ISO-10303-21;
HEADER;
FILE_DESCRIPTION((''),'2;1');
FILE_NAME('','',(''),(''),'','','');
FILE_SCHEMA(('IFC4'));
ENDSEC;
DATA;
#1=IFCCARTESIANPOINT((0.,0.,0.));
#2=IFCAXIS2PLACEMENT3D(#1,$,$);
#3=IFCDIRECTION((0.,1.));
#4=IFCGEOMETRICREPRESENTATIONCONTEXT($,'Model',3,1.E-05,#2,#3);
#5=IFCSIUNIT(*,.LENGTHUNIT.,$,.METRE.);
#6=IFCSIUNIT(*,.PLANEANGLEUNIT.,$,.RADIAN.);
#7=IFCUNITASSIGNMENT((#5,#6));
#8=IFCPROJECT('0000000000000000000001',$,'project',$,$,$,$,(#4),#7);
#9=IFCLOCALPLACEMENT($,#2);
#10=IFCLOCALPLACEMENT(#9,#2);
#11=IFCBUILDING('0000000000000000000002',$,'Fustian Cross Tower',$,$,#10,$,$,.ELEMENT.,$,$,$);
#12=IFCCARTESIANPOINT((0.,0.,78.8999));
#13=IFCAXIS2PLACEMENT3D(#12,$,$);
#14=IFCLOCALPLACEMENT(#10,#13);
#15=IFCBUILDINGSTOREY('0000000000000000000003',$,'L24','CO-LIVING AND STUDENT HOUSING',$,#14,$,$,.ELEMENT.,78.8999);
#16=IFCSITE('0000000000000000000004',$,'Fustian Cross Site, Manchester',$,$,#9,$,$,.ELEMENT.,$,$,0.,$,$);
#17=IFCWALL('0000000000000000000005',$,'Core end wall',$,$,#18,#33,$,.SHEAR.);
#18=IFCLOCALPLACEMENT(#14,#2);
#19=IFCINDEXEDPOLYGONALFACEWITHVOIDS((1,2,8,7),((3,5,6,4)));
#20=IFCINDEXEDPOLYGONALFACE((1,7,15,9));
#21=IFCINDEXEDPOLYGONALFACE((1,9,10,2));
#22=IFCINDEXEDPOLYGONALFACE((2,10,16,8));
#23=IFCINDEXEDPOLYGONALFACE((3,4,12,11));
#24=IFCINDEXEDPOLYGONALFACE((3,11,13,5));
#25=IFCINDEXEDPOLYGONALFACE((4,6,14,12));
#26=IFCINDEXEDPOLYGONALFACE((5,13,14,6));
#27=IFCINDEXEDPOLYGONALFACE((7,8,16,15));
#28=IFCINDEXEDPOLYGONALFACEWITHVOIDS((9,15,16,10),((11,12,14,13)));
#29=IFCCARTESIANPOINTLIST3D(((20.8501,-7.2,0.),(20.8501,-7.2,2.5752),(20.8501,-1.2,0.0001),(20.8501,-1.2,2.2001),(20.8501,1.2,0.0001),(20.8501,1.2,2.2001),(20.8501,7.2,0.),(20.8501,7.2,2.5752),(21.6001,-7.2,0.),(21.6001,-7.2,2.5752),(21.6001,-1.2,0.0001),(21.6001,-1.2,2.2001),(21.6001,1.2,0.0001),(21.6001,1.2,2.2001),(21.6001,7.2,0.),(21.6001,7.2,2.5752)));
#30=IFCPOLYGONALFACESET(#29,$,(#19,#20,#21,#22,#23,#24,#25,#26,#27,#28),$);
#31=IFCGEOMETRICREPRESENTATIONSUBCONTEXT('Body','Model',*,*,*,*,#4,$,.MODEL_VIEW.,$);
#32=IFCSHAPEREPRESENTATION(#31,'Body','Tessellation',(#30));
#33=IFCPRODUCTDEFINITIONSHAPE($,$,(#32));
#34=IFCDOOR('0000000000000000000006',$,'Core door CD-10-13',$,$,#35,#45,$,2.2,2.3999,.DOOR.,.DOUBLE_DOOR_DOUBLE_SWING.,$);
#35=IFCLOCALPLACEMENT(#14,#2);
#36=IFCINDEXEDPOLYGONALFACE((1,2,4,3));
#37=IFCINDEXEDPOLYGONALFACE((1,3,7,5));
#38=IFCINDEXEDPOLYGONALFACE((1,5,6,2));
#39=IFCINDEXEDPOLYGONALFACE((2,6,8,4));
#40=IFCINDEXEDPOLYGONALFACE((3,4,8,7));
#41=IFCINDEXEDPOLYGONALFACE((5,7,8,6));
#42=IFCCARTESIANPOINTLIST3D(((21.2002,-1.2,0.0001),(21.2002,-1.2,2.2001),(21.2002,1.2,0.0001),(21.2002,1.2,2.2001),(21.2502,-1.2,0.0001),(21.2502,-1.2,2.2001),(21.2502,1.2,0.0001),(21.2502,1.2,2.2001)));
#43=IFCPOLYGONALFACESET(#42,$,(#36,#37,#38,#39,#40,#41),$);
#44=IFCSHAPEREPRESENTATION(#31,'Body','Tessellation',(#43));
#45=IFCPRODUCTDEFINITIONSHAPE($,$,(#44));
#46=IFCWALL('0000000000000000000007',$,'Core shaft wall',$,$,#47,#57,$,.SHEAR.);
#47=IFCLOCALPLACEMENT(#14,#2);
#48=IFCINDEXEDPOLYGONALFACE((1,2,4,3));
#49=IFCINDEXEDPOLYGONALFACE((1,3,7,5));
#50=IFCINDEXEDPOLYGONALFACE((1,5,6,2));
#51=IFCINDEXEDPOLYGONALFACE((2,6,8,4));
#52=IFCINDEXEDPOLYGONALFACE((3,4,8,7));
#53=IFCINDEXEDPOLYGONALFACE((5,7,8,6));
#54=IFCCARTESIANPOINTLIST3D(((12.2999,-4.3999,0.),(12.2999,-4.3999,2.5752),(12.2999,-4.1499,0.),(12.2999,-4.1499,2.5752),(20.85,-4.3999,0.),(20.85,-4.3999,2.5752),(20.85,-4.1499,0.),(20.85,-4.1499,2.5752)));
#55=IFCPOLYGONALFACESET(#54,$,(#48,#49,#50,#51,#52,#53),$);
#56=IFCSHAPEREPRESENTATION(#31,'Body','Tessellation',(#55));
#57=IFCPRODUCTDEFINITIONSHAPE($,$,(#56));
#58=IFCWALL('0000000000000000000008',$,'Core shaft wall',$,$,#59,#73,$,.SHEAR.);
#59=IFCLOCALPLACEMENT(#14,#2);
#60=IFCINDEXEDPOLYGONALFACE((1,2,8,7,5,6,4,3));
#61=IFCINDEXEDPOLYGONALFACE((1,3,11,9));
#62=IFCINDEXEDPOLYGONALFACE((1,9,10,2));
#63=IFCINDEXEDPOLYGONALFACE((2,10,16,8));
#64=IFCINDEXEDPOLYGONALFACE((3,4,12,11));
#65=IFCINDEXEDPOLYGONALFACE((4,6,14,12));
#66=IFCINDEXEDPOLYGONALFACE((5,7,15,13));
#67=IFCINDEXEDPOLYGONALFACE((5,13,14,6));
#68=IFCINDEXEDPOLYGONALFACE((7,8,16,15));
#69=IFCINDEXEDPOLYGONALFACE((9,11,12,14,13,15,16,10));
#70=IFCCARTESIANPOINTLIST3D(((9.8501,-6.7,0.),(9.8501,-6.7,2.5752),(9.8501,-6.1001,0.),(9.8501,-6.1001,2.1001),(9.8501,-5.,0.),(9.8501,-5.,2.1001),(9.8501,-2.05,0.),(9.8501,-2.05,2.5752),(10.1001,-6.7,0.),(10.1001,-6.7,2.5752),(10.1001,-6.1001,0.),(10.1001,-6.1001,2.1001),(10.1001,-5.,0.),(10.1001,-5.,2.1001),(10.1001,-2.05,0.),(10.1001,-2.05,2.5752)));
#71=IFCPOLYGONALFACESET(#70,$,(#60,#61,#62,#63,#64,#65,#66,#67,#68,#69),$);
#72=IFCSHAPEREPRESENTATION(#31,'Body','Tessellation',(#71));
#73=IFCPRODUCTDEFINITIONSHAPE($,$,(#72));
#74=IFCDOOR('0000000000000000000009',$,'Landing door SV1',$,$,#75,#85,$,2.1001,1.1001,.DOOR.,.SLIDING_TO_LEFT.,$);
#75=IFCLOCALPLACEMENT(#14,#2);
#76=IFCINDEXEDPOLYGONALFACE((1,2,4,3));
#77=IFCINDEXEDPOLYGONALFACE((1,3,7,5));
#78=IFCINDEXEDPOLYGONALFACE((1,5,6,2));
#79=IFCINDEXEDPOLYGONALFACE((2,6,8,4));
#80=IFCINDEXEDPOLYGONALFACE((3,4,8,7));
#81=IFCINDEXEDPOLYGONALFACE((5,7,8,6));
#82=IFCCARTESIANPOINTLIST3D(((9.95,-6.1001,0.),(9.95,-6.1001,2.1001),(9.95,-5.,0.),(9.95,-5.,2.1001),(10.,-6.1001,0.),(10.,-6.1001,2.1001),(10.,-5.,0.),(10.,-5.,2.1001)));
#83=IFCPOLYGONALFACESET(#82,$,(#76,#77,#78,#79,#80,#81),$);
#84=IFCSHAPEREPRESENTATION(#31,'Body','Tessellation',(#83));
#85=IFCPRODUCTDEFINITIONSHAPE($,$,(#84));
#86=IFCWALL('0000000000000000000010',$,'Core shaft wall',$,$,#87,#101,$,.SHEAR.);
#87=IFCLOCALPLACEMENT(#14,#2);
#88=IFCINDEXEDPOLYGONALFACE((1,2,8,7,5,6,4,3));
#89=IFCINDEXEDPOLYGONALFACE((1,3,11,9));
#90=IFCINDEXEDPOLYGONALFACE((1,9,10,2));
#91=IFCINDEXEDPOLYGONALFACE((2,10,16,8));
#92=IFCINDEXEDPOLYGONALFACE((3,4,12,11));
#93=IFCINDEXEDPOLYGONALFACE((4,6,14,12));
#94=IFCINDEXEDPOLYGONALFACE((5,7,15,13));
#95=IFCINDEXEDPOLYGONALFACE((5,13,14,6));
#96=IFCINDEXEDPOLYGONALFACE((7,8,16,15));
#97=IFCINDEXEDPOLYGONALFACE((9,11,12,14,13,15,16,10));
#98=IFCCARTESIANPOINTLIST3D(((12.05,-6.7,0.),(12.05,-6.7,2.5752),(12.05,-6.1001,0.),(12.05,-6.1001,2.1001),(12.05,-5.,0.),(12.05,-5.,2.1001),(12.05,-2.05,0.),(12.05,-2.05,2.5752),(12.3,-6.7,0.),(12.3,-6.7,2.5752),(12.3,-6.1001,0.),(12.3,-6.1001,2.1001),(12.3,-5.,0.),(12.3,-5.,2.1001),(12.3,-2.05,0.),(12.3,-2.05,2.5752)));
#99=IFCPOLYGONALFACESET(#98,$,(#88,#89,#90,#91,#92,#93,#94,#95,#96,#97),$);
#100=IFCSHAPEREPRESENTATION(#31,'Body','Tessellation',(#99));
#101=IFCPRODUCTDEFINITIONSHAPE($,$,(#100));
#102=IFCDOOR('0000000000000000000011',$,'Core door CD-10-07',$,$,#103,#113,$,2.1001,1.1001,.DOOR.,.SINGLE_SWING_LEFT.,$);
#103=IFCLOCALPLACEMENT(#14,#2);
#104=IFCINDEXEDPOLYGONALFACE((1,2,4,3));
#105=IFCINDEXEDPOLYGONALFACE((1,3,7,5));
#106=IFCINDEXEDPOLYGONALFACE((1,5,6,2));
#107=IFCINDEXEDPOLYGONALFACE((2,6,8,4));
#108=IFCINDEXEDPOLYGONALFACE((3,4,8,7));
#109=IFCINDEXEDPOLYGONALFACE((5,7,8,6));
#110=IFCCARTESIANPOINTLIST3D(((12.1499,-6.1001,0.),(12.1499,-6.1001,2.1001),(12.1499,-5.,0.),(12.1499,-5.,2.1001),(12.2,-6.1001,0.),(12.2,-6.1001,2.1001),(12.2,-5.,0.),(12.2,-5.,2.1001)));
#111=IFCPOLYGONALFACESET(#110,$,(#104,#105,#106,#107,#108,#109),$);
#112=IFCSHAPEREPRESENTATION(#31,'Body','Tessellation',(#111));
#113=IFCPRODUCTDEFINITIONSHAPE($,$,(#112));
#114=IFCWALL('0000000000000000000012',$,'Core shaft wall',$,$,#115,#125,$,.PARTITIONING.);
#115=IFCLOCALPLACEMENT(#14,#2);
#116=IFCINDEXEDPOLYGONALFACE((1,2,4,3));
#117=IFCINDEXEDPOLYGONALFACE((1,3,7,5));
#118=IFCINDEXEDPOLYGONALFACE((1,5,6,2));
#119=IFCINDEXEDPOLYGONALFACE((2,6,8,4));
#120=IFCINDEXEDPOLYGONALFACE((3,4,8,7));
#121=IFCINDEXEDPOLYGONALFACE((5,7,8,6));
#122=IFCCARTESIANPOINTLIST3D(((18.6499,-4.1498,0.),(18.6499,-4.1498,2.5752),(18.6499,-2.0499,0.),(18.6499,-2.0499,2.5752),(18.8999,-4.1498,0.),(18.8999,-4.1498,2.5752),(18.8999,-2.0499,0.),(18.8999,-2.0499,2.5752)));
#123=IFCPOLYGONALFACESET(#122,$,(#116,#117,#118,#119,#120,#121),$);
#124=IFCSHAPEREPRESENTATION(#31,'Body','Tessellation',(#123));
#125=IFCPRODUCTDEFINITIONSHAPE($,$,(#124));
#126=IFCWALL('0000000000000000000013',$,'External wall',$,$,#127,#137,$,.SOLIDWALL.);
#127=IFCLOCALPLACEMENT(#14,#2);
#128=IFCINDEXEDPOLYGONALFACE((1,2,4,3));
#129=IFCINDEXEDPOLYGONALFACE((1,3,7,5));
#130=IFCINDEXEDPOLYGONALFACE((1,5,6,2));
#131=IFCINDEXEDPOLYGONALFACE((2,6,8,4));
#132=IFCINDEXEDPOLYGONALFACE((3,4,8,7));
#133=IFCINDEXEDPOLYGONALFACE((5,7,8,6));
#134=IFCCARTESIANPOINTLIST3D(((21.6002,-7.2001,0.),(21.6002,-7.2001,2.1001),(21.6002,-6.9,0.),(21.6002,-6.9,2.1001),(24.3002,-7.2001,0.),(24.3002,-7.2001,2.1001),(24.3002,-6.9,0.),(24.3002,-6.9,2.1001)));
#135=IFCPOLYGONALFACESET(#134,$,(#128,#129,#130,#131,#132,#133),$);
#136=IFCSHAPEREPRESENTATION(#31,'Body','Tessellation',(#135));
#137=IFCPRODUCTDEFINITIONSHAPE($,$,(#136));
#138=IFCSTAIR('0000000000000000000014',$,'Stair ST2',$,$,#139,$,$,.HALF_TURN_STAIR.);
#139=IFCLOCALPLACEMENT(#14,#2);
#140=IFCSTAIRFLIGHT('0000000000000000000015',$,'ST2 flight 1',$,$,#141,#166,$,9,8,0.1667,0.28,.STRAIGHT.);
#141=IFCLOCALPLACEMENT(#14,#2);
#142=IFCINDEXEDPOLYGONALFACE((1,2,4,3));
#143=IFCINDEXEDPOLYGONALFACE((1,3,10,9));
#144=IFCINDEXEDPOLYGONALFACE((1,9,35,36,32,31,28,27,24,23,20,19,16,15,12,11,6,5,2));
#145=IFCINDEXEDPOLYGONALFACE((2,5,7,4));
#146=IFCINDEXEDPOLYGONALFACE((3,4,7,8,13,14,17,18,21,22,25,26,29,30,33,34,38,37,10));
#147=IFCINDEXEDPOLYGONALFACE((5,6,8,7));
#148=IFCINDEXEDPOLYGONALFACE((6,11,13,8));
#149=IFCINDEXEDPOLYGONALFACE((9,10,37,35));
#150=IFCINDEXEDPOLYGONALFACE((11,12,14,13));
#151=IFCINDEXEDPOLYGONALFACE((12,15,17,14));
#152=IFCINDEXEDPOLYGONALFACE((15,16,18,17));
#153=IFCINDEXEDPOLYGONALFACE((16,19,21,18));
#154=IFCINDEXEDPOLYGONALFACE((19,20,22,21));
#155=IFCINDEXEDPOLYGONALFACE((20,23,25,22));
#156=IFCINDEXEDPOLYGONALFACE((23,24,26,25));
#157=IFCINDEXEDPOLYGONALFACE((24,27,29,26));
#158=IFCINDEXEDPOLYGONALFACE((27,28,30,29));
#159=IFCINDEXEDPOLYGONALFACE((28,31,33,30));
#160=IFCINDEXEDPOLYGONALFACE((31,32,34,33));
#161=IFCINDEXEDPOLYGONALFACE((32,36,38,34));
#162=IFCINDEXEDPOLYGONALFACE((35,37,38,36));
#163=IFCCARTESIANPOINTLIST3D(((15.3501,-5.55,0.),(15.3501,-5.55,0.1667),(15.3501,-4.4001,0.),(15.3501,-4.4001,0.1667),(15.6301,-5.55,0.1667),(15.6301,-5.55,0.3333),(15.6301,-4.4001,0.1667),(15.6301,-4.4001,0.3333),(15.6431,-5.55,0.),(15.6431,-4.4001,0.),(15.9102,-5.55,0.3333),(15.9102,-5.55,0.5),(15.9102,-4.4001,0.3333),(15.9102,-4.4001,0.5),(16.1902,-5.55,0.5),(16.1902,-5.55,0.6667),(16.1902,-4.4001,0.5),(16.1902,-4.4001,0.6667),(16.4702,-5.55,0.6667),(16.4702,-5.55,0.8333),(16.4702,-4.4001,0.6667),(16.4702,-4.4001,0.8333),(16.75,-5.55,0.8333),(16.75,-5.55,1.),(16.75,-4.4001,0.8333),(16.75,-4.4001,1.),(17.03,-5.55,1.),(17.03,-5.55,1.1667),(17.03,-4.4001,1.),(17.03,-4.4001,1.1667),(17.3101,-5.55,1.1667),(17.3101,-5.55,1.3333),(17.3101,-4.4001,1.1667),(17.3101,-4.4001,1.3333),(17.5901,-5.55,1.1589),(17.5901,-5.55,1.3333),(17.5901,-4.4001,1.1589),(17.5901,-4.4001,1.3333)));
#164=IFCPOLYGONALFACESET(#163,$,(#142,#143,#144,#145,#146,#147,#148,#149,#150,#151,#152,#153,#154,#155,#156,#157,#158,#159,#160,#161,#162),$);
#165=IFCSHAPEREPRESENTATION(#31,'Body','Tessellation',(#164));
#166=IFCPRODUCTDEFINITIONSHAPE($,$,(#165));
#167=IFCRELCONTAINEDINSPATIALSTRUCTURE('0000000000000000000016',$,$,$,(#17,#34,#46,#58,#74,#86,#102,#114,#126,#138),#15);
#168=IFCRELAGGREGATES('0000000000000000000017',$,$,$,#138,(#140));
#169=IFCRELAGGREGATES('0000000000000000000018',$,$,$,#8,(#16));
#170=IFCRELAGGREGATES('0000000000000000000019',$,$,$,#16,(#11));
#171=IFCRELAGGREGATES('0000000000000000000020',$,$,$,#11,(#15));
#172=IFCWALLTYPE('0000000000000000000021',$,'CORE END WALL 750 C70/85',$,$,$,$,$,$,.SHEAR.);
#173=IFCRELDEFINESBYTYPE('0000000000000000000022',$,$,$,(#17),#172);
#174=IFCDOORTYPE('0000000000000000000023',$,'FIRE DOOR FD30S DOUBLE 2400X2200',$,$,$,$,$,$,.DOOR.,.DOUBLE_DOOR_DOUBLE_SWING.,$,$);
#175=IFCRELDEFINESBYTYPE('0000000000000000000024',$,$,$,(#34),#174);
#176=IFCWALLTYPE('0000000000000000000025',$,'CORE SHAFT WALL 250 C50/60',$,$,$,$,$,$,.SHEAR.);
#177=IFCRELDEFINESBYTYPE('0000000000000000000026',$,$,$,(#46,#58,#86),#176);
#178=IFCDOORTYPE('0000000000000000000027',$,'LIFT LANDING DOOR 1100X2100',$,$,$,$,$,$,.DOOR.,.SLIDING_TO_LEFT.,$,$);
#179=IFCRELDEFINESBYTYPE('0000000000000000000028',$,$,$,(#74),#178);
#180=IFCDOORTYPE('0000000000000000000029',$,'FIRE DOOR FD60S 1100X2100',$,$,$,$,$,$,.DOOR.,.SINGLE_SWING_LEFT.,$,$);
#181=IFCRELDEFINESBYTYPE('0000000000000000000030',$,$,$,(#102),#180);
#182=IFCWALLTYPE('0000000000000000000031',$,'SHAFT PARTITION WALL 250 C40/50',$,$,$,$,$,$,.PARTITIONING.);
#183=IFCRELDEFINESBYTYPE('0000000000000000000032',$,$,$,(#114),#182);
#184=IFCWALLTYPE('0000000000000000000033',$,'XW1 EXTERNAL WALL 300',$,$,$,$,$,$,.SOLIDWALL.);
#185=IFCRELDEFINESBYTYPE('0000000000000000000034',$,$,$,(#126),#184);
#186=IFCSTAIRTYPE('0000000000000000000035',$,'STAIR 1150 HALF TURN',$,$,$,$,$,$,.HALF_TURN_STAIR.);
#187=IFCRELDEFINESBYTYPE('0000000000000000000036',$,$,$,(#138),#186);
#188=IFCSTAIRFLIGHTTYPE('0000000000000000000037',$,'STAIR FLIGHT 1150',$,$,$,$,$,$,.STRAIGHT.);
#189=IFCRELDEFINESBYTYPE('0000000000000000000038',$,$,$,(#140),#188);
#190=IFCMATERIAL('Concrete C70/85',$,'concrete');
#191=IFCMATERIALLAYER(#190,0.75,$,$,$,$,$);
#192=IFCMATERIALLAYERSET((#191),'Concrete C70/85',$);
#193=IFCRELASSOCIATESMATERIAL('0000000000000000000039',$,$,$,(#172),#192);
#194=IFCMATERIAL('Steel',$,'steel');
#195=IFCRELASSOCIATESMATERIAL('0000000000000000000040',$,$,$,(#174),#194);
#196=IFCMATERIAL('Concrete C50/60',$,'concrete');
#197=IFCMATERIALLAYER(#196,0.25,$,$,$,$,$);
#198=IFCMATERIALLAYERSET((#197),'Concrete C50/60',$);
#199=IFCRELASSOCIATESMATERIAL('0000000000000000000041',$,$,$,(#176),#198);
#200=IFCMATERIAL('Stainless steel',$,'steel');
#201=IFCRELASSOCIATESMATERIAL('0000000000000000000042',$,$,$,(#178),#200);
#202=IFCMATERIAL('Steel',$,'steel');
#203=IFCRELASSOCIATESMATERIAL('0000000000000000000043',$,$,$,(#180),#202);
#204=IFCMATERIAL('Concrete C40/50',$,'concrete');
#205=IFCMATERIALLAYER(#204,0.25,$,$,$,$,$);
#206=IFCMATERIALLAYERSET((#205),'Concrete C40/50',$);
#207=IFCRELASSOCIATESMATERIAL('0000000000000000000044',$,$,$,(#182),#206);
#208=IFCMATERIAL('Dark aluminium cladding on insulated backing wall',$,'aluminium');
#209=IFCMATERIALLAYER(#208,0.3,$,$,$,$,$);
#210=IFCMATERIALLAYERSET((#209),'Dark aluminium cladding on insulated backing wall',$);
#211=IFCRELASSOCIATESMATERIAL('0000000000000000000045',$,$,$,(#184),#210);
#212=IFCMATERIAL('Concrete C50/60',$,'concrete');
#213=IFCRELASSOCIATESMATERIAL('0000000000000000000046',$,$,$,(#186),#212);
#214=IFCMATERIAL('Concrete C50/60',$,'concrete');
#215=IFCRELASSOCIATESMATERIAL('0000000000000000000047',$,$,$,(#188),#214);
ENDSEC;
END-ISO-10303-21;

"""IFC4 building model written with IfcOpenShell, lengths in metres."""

from ifc_helpers import new_model, si_unit, direction, frame, frame_2d, origin, place, context, subcontext, project, spatial, polyline, rectangle, outline, extrude, material, layer, layer_set, type_object, element, fill, aggregate, save


model = new_model("IFC4")

# Units and contexts
model_context = context("Model", 3, precision=1e-05, world=origin(), true_north=direction((0.0, 1.0)))
body_context = subcontext(model_context, "Body", "Model", "MODEL_VIEW")
ifc_project = project(units=[si_unit("LENGTHUNIT", "METRE"), si_unit("PLANEANGLEUNIT", "RADIAN")], contexts=[model_context])

# Site, building, storey
site_placement = place(None, origin())
site = spatial("IfcSite", under=ifc_project, at=site_placement, Name="Fustian Cross Site, Manchester", CompositionType="ELEMENT", RefElevation=0.0)
building_placement = place(site_placement, origin())
building = spatial("IfcBuilding", under=site, at=building_placement, Name="Fustian Cross Tower", CompositionType="ELEMENT")
storey_placement = place(building_placement, frame((0.0, 0.0, 78.8999)))
storey = spatial("IfcBuildingStorey", under=building, at=storey_placement, Name="L24", Description="CO-LIVING AND STUDENT HOUSING", CompositionType="ELEMENT", Elevation=78.8999)

# Wall, opening, door
ifc_material_1 = material(Name="Concrete C70/85", Category="concrete")
ifc_layer_1 = layer(ifc_material_1, 0.75)
ifc_layer_set_1 = layer_set([ifc_layer_1], Name="Concrete C70/85")
wall_type_1 = type_object("IfcWallType", Name="CORE END WALL 750 C70/85", PredefinedType="SHEAR", material=ifc_layer_set_1)
wall_1_placement = place(storey_placement, frame((21.2251, -7.2, 0.0), z_axis=(0.0, 0.0, 1.0), x_axis=(0.0, 1.0, 0.0)))
wall_1 = element("IfcWall", 1, at=wall_1_placement, inside=storey, type_object=wall_type_1, Name="Core end wall", PredefinedType="SHEAR", context=body_context, shape_type="SweptSolid", body=[
    extrude(rectangle(XDim=14.3999, YDim=0.75, at=frame_2d((7.2, 0.0))), origin(), (0.0, 0.0, 1.0), 2.5752),
])
opening_1_placement = place(wall_1_placement, frame((6.0, 0.0, 0.0)))
opening_1 = element("IfcOpeningElement", 2, at=opening_1_placement, cuts=wall_1, PredefinedType="OPENING", context=body_context, shape_type="SweptSolid", body=[
    extrude(rectangle(XDim=2.3999, YDim=2.2, at=frame_2d((1.2, 1.1001))), frame((0.0, 0.385, 0.0), z_axis=(0.0, -1.0, 0.0), x_axis=(1.0, 0.0, 0.0)), (0.0, 0.0, 1.0), 0.77),
])
ifc_material_2 = material(Name="Steel", Category="steel")
door_type_1 = type_object("IfcDoorType", Name="FIRE DOOR FD30S DOUBLE 2400X2200", OperationType="DOUBLE_DOOR_DOUBLE_SWING", PredefinedType="DOOR", material=ifc_material_2)
door_1_placement = place(opening_1_placement, origin())
door_1 = element("IfcDoor", 3, at=door_1_placement, inside=storey, type_object=door_type_1, Name="Core door CD-10-13", OperationType="DOUBLE_DOOR_DOUBLE_SWING", OverallHeight=2.2, OverallWidth=2.3999, PredefinedType="DOOR", context=body_context, shape_type="SweptSolid", body=[
    extrude(rectangle(XDim=2.3999, YDim=2.2, at=frame_2d((1.2, 1.1001))), frame((0.0, 0.0249, 0.0), z_axis=(0.0, -1.0, 0.0), x_axis=(1.0, 0.0, 0.0)), (0.0, 0.0, 1.0), 0.05),
])
fill(opening_1, door_1)

# Wall
ifc_material_3 = material(Name="Concrete C50/60", Category="concrete")
ifc_layer_2 = layer(ifc_material_3, 0.25)
ifc_layer_set_2 = layer_set([ifc_layer_2], Name="Concrete C50/60")
wall_type_2 = type_object("IfcWallType", Name="CORE SHAFT WALL 250 C50/60", PredefinedType="SHEAR", material=ifc_layer_set_2)
wall_2_placement = place(storey_placement, frame((12.3, -4.2749, 0.0), z_axis=(0.0, 0.0, 1.0), x_axis=(1.0, 0.0, 0.0)))
element("IfcWall", 4, at=wall_2_placement, inside=storey, type_object=wall_type_2, Name="Core shaft wall", PredefinedType="SHEAR", context=body_context, shape_type="SweptSolid", body=[
    extrude(rectangle(XDim=8.55, YDim=0.25, at=frame_2d((4.2749, 0.0))), origin(), (0.0, 0.0, 1.0), 2.5752),
])

# Walls, openings, doors
wall_3_placement = place(storey_placement, frame((9.9751, -2.05, 0.0), z_axis=(0.0, 0.0, 1.0), x_axis=(0.0, -1.0, 0.0)))
wall_3 = element("IfcWall", 5, at=wall_3_placement, inside=storey, type_object=wall_type_2, Name="Core shaft wall", PredefinedType="SHEAR", context=body_context, shape_type="SweptSolid", body=[
    extrude(rectangle(XDim=4.6499, YDim=0.25, at=frame_2d((2.325, 0.0))), origin(), (0.0, 0.0, 1.0), 2.5752),
])
opening_2_placement = place(wall_3_placement, frame((2.95, 0.0, 0.0)))
opening_2 = element("IfcOpeningElement", 6, at=opening_2_placement, cuts=wall_3, PredefinedType="OPENING", context=body_context, shape_type="SweptSolid", body=[
    extrude(rectangle(XDim=1.1001, YDim=2.1001, at=frame_2d((0.55, 1.05))), frame((0.0, 0.135, 0.0), z_axis=(0.0, -1.0, 0.0), x_axis=(1.0, 0.0, 0.0)), (0.0, 0.0, 1.0), 0.27),
])
ifc_material_4 = material(Name="Stainless steel", Category="steel")
door_type_2 = type_object("IfcDoorType", Name="LIFT LANDING DOOR 1100X2100", OperationType="SLIDING_TO_LEFT", PredefinedType="DOOR", material=ifc_material_4)
door_2_placement = place(opening_2_placement, origin())
door_2 = element("IfcDoor", 7, at=door_2_placement, inside=storey, type_object=door_type_2, Name="Landing door SV1", OperationType="SLIDING_TO_LEFT", OverallHeight=2.1001, OverallWidth=1.1001, PredefinedType="DOOR", context=body_context, shape_type="SweptSolid", body=[
    extrude(rectangle(XDim=1.1001, YDim=2.1001, at=frame_2d((0.55, 1.05))), frame((0.0, 0.0249, 0.0), z_axis=(0.0, -1.0, 0.0), x_axis=(1.0, 0.0, 0.0)), (0.0, 0.0, 1.0), 0.05),
])
fill(opening_2, door_2)
wall_4_placement = place(storey_placement, frame((12.175, -2.05, 0.0), z_axis=(0.0, 0.0, 1.0), x_axis=(0.0, -1.0, 0.0)))
wall_4 = element("IfcWall", 8, at=wall_4_placement, inside=storey, type_object=wall_type_2, Name="Core shaft wall", PredefinedType="SHEAR", context=body_context, shape_type="SweptSolid", body=[
    extrude(rectangle(XDim=4.6499, YDim=0.25, at=frame_2d((2.325, 0.0))), origin(), (0.0, 0.0, 1.0), 2.5752),
])
opening_3_placement = place(wall_4_placement, frame((2.95, 0.0, 0.0)))
opening_3 = element("IfcOpeningElement", 9, at=opening_3_placement, cuts=wall_4, PredefinedType="OPENING", context=body_context, shape_type="SweptSolid", body=[
    extrude(rectangle(XDim=1.1001, YDim=2.1001, at=frame_2d((0.55, 1.05))), frame((0.0, 0.135, 0.0), z_axis=(0.0, -1.0, 0.0), x_axis=(1.0, 0.0, 0.0)), (0.0, 0.0, 1.0), 0.27),
])
ifc_material_5 = material(Name="Steel", Category="steel")
door_type_3 = type_object("IfcDoorType", Name="FIRE DOOR FD60S 1100X2100", OperationType="SINGLE_SWING_LEFT", PredefinedType="DOOR", material=ifc_material_5)
door_3_placement = place(opening_3_placement, origin())
door_3 = element("IfcDoor", 10, at=door_3_placement, inside=storey, type_object=door_type_3, Name="Core door CD-10-07", OperationType="SINGLE_SWING_LEFT", OverallHeight=2.1001, OverallWidth=1.1001, PredefinedType="DOOR", context=body_context, shape_type="SweptSolid", body=[
    extrude(rectangle(XDim=1.1001, YDim=2.1001, at=frame_2d((0.55, 1.05))), frame((0.0, 0.0249, 0.0), z_axis=(0.0, -1.0, 0.0), x_axis=(1.0, 0.0, 0.0)), (0.0, 0.0, 1.0), 0.05),
])
fill(opening_3, door_3)

# Walls
ifc_material_6 = material(Name="Concrete C40/50", Category="concrete")
ifc_layer_3 = layer(ifc_material_6, 0.25)
ifc_layer_set_3 = layer_set([ifc_layer_3], Name="Concrete C40/50")
wall_type_3 = type_object("IfcWallType", Name="SHAFT PARTITION WALL 250 C40/50", PredefinedType="PARTITIONING", material=ifc_layer_set_3)
wall_5_placement = place(storey_placement, frame((18.7749, -2.05, 0.0), z_axis=(0.0, 0.0, 1.0), x_axis=(0.0, -1.0, 0.0)))
element("IfcWall", 11, at=wall_5_placement, inside=storey, type_object=wall_type_3, Name="Core shaft wall", PredefinedType="PARTITIONING", context=body_context, shape_type="SweptSolid", body=[
    extrude(rectangle(XDim=2.0999, YDim=0.25, at=frame_2d((1.0498, 0.0))), origin(), (0.0, 0.0, 1.0), 2.5752),
])
ifc_material_7 = material(Name="Dark aluminium cladding on insulated backing wall", Category="aluminium")
ifc_layer_4 = layer(ifc_material_7, 0.3)
ifc_layer_set_4 = layer_set([ifc_layer_4], Name="Dark aluminium cladding on insulated backing wall")
wall_type_4 = type_object("IfcWallType", Name="XW1 EXTERNAL WALL 300", PredefinedType="SOLIDWALL", material=ifc_layer_set_4)
wall_6_placement = place(storey_placement, frame((21.6001, -7.05, 0.0), z_axis=(0.0, 0.0, 1.0), x_axis=(1.0, 0.0, 0.0)))
element("IfcWall", 12, at=wall_6_placement, inside=storey, type_object=wall_type_4, Name="External wall", PredefinedType="SOLIDWALL", context=body_context, shape_type="SweptSolid", body=[
    extrude(rectangle(XDim=2.7, YDim=0.3, at=frame_2d((1.3501, 0.0))), origin(), (0.0, 0.0, 1.0), 2.1001),
])

# Stair, stair flight
ifc_material_8 = material(Name="Concrete C50/60", Category="concrete")
stair_type = type_object("IfcStairType", Name="STAIR 1150 HALF TURN", PredefinedType="HALF_TURN_STAIR", material=ifc_material_8)
stair_placement = place(storey_placement, origin())
stair = element("IfcStair", 13, at=stair_placement, inside=storey, type_object=stair_type, Name="Stair ST2", PredefinedType="HALF_TURN_STAIR")
ifc_material_9 = material(Name="Concrete C50/60", Category="concrete")
stair_flight_type = type_object("IfcStairFlightType", Name="STAIR FLIGHT 1150", PredefinedType="STRAIGHT", material=ifc_material_9)
stair_flight_1_placement = place(storey_placement, frame((15.3501, -4.9751, 0.0), z_axis=(0.0, 0.0, 1.0), x_axis=(1.0, 0.0, 0.0)))
stair_flight_1 = element("IfcStairFlight", 14, at=stair_flight_1_placement, type_object=stair_flight_type, Name="ST2 flight 1", NumberOfRisers=9, NumberOfTreads=8, PredefinedType="STRAIGHT", RiserHeight=0.1667, TreadLength=0.28, context=body_context, shape_type="SweptSolid", body=[
    extrude(outline(polyline([(0.0, 0.0), (0.0, 0.1667), (0.28, 0.1667), (0.28, 0.3333), (0.5601, 0.3333), (0.5601, 0.5), (0.8401, 0.5), (0.8401, 0.6667), (1.1201, 0.6667), (1.1201, 0.8333), (1.3999, 0.8333), (1.3999, 1.0), (1.6799, 1.0), (1.6799, 1.1667), (1.96, 1.1667), (1.96, 1.3333), (2.24, 1.3333), (2.24, 1.5), (2.24, 1.1589), (0.293, 0.0), (0.0, 0.0)])), frame((0.0, 0.575, 0.0), z_axis=(0.0, -1.0, 0.0), x_axis=(1.0, 0.0, 0.0)), (0.0, 0.0, 1.0), 1.1499),
])
aggregate(stair, [stair_flight_1])

save(model, "model.ifc")
